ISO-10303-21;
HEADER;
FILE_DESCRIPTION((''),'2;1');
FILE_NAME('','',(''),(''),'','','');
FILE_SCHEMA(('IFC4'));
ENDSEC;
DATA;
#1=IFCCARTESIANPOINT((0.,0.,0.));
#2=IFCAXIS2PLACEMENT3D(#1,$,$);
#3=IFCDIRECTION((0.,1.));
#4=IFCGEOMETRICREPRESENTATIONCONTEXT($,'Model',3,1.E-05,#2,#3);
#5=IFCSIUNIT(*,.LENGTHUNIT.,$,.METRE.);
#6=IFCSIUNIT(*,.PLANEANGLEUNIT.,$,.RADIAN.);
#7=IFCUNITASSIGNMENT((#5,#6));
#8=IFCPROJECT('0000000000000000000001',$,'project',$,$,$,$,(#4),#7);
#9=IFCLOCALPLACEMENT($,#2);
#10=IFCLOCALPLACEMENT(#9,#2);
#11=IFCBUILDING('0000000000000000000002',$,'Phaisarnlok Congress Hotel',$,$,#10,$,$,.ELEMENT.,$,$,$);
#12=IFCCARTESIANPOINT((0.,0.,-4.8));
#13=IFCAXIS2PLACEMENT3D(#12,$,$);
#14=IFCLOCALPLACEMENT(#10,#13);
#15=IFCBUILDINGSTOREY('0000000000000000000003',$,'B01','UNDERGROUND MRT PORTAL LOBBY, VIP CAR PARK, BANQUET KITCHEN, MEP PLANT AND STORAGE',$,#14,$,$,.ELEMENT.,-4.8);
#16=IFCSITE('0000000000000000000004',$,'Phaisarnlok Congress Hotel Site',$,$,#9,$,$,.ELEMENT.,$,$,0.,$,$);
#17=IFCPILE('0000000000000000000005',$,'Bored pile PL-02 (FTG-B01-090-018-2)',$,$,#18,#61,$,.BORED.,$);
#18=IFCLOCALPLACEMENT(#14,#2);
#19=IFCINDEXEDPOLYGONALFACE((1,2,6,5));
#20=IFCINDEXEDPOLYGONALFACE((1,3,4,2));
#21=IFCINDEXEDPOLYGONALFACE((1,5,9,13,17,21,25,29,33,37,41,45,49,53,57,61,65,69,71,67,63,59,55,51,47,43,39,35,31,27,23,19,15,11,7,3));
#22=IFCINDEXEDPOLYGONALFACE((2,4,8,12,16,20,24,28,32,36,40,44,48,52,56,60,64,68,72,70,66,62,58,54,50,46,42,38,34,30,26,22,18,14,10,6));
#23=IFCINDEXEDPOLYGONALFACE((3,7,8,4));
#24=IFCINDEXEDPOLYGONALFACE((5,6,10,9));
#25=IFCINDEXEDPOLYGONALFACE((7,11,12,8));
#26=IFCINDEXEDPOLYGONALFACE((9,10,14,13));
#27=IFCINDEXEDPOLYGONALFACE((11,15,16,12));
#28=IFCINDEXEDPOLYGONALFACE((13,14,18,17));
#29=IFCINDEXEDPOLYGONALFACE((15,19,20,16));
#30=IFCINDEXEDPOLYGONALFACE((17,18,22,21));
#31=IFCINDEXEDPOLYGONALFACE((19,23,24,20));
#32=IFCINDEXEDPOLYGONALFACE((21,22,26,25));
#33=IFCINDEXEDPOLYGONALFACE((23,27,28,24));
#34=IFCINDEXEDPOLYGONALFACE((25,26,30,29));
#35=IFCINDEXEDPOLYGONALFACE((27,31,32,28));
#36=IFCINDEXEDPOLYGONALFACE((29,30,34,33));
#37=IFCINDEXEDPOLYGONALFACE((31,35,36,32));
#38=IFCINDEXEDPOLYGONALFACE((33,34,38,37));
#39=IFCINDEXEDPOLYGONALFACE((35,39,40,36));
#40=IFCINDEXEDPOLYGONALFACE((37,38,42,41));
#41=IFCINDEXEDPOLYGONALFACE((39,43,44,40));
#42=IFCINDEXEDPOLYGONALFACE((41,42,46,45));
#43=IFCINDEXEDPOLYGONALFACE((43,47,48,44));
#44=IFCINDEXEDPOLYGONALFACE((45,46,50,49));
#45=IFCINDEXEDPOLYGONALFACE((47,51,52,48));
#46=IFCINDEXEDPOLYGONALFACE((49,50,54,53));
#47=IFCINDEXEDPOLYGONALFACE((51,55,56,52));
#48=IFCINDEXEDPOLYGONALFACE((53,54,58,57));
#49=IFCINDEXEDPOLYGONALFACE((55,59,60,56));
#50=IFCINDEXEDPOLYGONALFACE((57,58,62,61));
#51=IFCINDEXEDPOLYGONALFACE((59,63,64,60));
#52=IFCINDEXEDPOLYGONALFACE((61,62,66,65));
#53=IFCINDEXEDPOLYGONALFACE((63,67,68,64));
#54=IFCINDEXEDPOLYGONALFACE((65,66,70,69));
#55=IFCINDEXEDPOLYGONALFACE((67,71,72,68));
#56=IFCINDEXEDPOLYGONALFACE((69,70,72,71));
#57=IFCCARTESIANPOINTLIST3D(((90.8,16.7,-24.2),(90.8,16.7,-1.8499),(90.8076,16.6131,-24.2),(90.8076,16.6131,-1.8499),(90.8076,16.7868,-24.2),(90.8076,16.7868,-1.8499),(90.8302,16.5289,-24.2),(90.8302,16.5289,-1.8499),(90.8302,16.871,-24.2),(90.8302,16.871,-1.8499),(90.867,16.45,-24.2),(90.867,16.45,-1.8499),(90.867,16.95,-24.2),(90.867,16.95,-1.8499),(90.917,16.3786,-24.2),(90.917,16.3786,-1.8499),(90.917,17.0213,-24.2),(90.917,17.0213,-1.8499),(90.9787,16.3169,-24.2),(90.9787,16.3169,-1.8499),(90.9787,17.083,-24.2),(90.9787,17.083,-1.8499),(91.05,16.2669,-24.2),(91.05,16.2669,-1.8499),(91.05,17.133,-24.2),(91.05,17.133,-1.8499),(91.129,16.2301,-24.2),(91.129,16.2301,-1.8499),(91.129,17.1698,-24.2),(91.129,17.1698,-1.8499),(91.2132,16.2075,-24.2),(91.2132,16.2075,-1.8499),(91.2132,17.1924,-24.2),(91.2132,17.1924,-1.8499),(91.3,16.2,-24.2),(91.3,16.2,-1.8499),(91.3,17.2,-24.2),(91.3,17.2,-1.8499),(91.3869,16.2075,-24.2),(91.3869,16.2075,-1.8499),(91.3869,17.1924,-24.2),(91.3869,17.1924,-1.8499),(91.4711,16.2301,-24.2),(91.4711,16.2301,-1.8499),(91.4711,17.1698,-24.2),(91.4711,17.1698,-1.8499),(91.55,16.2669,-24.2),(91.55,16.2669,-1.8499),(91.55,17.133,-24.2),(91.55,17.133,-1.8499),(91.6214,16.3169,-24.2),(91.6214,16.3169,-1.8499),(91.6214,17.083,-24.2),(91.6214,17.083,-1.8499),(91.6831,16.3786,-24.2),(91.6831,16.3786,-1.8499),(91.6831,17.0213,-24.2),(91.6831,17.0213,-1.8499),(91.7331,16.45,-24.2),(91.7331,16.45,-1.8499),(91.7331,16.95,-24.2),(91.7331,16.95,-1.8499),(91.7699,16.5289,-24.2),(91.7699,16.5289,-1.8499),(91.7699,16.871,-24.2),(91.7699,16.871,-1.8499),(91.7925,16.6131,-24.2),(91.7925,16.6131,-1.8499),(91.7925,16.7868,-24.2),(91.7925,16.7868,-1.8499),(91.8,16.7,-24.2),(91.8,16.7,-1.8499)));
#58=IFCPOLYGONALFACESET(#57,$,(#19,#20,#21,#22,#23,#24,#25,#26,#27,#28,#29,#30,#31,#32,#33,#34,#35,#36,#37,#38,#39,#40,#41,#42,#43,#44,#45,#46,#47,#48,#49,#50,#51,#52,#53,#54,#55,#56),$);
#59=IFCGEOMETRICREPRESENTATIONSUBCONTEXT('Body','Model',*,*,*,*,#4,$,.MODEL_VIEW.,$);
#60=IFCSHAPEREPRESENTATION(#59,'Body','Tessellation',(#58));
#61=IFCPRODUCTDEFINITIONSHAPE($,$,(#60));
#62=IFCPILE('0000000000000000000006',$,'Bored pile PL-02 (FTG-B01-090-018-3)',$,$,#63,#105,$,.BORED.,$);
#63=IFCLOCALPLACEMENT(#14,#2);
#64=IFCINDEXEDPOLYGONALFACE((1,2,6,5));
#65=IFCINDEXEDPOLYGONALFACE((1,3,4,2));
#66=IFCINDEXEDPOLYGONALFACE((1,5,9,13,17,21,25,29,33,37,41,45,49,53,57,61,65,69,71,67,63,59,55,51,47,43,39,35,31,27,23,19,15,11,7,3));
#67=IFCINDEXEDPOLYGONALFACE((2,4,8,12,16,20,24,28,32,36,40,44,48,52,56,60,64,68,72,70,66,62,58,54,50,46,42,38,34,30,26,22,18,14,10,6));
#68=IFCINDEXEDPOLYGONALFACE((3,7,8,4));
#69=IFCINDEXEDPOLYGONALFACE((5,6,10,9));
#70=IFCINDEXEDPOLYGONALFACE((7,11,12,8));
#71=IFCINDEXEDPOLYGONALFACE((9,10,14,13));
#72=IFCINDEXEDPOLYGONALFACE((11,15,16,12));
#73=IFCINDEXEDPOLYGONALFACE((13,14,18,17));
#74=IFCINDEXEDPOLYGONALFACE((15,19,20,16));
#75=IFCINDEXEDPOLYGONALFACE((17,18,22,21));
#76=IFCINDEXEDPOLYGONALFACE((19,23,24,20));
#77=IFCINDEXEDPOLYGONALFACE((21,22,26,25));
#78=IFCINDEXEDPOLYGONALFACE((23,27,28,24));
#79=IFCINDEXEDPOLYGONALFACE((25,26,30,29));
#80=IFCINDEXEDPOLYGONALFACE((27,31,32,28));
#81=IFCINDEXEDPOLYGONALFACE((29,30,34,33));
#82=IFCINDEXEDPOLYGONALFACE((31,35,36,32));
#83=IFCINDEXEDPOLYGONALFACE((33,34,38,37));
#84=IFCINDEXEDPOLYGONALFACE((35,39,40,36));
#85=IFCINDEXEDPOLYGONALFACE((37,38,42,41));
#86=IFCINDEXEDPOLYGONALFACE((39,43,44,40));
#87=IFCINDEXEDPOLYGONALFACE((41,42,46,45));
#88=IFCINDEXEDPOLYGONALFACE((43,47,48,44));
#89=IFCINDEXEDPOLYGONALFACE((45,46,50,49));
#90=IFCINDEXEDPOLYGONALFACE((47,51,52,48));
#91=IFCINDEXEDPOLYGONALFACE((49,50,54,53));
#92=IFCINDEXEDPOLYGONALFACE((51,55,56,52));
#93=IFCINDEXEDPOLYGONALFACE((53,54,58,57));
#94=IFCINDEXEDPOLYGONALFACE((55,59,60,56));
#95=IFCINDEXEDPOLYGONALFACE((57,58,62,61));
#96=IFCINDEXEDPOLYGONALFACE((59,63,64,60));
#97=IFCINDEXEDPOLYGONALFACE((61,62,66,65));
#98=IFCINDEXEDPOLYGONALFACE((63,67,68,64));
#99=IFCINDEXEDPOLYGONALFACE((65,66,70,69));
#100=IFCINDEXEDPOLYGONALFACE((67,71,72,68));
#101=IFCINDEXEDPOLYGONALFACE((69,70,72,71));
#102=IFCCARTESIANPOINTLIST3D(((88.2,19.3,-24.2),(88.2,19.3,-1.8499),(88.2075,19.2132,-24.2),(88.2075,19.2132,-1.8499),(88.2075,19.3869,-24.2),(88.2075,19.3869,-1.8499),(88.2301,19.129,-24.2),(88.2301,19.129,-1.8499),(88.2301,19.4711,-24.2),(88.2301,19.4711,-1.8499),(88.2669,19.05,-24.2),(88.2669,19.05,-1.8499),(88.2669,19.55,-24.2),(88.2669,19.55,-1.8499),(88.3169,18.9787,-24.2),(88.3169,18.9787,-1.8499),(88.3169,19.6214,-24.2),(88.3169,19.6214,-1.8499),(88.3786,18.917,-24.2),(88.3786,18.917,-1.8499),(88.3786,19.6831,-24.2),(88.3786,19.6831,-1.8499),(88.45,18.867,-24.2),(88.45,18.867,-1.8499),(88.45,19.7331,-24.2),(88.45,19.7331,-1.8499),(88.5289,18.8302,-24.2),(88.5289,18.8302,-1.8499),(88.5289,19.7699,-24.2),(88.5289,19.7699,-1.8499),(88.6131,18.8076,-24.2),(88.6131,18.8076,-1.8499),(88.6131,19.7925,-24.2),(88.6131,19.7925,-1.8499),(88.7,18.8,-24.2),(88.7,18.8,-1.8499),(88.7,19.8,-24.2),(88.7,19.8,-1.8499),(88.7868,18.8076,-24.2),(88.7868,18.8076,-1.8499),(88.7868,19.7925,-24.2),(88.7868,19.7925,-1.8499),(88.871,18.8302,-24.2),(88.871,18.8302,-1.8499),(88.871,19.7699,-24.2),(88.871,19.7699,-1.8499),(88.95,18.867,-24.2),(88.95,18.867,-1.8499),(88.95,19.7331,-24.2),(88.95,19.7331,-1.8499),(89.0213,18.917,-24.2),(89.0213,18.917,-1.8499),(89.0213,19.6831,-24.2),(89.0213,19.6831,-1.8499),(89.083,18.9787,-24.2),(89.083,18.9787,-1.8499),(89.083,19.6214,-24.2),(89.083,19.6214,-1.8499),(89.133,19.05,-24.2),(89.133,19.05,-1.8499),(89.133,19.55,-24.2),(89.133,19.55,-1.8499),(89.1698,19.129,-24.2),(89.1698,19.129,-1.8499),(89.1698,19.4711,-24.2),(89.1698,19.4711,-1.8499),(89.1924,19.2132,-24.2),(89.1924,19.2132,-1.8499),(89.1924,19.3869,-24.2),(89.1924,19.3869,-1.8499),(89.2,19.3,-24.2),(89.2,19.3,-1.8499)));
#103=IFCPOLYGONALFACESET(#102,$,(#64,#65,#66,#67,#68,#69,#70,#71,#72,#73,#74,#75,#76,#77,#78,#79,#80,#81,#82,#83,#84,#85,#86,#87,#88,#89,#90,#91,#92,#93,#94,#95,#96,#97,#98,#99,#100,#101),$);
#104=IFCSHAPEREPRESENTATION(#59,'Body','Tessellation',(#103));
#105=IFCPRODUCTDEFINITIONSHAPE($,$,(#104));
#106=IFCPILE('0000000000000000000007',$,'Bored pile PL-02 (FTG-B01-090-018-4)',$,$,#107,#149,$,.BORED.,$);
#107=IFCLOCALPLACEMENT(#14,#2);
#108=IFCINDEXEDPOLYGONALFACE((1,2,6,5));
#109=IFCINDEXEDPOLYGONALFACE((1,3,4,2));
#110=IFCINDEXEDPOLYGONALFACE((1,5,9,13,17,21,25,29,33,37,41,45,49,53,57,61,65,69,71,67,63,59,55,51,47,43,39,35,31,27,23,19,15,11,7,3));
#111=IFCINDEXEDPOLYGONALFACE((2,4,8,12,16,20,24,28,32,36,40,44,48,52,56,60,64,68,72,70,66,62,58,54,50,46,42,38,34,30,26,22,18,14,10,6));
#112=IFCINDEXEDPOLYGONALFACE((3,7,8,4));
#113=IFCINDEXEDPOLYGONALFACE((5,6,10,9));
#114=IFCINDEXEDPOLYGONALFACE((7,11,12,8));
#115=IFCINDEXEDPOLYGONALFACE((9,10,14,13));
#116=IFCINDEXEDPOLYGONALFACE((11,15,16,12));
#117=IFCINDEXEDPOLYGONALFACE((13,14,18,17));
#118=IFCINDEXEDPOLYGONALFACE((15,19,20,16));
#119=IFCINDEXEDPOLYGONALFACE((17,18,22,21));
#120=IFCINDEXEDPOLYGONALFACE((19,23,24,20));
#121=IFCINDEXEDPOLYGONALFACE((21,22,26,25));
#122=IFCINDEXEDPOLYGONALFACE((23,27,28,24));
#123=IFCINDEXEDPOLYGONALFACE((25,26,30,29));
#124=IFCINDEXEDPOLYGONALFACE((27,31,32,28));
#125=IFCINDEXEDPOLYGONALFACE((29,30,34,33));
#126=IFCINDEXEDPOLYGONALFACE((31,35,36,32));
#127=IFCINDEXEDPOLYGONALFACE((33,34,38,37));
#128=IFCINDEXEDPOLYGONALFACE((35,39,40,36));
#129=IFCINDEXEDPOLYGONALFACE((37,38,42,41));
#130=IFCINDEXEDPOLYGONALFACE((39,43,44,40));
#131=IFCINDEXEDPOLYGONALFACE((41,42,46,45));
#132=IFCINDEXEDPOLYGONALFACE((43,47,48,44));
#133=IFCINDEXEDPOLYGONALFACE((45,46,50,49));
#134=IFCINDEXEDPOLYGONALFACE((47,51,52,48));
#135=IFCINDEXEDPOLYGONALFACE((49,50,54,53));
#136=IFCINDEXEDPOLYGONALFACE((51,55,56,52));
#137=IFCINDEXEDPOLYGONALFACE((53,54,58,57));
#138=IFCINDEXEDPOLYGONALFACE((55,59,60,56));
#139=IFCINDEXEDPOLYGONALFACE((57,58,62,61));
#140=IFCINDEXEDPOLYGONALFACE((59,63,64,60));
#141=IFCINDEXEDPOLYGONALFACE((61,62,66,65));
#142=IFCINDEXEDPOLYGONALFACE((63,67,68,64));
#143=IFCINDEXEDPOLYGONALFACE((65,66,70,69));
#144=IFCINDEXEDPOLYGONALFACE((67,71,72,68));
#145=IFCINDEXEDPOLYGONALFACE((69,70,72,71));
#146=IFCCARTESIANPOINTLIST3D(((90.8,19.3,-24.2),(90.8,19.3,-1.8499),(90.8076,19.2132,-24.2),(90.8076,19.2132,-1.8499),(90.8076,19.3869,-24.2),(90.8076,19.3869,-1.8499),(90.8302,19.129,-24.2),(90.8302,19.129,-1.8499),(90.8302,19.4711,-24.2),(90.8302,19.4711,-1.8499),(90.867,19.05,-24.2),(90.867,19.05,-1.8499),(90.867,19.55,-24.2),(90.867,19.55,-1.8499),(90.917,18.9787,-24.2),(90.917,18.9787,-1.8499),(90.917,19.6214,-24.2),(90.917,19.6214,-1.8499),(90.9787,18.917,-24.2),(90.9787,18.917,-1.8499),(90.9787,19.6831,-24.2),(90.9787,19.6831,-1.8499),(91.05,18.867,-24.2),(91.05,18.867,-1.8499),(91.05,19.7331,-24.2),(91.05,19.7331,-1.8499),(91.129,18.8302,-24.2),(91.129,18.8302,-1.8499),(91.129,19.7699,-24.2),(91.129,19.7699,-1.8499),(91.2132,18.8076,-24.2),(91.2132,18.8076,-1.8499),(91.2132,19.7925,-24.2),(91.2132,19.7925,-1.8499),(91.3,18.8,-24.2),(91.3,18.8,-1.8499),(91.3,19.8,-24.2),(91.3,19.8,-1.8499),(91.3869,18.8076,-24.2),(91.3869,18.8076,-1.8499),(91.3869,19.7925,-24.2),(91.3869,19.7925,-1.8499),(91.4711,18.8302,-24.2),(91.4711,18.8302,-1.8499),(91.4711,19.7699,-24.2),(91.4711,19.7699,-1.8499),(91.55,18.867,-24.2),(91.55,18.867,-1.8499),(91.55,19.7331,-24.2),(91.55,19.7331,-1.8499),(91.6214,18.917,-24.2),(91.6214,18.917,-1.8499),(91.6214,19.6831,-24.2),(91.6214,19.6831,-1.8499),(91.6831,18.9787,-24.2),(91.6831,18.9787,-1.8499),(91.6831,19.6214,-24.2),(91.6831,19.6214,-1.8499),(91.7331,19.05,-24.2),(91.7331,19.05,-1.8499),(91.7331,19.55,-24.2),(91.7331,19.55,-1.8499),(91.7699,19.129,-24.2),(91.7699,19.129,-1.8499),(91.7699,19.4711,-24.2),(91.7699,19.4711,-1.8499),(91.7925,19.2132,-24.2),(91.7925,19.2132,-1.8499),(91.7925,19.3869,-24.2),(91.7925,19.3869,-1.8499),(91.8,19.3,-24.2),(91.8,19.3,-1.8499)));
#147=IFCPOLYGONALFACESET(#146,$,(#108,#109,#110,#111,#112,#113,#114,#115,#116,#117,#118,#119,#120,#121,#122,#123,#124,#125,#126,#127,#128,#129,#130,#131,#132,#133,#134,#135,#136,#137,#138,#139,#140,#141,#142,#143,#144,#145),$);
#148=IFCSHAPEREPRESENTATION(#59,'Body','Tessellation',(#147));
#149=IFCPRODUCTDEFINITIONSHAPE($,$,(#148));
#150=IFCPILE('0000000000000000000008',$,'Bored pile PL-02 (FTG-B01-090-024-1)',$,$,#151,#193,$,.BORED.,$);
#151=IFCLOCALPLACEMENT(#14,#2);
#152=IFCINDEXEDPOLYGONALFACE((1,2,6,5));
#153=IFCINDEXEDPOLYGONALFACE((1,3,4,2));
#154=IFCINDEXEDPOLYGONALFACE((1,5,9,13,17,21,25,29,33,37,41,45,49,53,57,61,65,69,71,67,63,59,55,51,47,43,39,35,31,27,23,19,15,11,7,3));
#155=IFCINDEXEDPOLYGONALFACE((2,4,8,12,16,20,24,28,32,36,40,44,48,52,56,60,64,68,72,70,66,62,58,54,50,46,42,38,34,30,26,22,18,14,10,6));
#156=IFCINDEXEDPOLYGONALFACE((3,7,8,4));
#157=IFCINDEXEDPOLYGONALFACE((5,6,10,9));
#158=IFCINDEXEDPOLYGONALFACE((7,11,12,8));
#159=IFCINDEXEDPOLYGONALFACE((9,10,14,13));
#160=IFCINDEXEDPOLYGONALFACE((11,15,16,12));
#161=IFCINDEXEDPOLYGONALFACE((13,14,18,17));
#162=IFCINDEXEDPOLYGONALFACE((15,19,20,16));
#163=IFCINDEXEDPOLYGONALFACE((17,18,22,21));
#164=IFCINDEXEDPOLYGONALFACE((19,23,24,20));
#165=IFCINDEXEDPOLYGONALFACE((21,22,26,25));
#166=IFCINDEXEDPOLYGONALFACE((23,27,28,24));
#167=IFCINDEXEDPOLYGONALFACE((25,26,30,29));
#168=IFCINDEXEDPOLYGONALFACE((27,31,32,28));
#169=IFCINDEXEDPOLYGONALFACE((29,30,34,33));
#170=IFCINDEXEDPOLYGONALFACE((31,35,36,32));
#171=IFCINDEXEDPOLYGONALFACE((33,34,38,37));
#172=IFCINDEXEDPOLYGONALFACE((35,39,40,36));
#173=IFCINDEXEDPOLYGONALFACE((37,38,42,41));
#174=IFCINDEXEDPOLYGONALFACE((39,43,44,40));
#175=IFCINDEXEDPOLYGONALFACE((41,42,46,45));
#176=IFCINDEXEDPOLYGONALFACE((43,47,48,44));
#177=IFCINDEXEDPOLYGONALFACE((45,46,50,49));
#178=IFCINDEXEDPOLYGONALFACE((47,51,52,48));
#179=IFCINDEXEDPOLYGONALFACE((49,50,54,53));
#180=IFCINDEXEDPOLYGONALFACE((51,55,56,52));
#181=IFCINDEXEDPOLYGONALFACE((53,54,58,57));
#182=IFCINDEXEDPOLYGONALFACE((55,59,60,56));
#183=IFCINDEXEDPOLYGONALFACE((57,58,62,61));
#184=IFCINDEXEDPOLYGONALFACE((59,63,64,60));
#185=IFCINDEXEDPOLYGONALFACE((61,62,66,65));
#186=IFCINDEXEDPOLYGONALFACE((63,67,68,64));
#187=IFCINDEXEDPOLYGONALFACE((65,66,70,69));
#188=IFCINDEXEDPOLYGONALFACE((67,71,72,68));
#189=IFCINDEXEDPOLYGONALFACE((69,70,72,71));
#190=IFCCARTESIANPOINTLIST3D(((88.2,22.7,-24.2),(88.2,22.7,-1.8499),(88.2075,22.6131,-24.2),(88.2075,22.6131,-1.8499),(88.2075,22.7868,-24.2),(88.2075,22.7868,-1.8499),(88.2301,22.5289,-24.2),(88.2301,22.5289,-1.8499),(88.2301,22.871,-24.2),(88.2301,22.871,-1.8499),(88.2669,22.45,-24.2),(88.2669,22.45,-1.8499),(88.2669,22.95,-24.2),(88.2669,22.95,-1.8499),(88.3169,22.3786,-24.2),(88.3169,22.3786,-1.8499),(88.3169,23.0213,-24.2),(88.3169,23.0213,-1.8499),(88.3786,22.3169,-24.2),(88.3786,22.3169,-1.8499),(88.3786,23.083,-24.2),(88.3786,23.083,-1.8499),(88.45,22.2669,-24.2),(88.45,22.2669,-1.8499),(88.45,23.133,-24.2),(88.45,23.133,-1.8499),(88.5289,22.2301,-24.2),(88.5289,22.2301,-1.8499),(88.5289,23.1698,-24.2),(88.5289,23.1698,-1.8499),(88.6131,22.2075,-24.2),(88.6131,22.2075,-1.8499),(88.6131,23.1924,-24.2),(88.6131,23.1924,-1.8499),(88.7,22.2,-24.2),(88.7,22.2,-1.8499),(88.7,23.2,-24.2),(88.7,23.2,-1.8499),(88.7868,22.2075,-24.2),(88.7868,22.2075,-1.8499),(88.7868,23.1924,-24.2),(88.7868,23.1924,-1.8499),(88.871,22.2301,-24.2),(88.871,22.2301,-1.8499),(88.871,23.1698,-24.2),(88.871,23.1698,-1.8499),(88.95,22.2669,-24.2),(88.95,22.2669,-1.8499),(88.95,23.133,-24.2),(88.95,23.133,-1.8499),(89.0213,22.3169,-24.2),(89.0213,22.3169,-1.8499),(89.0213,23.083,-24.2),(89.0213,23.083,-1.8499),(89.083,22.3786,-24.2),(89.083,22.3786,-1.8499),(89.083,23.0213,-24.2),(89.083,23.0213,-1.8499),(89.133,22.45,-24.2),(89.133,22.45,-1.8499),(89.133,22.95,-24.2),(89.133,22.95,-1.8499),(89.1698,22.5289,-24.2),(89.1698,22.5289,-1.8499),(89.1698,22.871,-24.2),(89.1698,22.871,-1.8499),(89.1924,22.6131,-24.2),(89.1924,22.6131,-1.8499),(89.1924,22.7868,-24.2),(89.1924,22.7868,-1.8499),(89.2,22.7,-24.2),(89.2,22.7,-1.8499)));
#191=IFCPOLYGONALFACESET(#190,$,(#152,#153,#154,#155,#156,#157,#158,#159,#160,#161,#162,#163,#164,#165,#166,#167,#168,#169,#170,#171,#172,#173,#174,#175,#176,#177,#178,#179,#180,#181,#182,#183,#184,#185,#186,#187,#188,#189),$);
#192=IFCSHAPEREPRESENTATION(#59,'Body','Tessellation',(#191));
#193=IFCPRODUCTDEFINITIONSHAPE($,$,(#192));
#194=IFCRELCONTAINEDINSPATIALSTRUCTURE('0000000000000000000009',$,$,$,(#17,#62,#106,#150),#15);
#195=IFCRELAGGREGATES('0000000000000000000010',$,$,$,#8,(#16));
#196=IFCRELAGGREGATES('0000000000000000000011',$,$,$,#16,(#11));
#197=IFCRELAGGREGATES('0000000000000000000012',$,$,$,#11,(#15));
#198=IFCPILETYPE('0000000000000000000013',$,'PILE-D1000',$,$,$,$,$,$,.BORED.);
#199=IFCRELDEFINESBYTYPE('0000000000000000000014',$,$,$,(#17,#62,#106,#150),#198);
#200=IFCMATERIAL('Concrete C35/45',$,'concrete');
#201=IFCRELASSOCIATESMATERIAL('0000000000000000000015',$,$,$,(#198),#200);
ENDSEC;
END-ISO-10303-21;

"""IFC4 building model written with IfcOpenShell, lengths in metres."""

from ifc_helpers import new_model, si_unit, direction, frame, origin, origin_2d, place, context, subcontext, project, spatial, circle, extrude, material, material_profile, profile_set, type_object, element, save


model = new_model("IFC4")

# Units and contexts
model_context = context("Model", 3, precision=1e-05, world=origin(), true_north=direction((0.0, 1.0)))
body_context = subcontext(model_context, "Body", "Model", "MODEL_VIEW")
ifc_project = project(units=[si_unit("LENGTHUNIT", "METRE"), si_unit("PLANEANGLEUNIT", "RADIAN")], contexts=[model_context])

# Site, building, storey
site_placement = place(None, origin())
site = spatial("IfcSite", under=ifc_project, at=site_placement, Name="Phaisarnlok Congress Hotel Site", CompositionType="ELEMENT", RefElevation=0.0)
building_placement = place(site_placement, origin())
building = spatial("IfcBuilding", under=site, at=building_placement, Name="Phaisarnlok Congress Hotel", CompositionType="ELEMENT")
storey_placement = place(building_placement, frame((0.0, 0.0, -4.8)))
storey = spatial("IfcBuildingStorey", under=building, at=storey_placement, Name="B01", Description="UNDERGROUND MRT PORTAL LOBBY, VIP CAR PARK, BANQUET KITCHEN, MEP PLANT AND STORAGE", CompositionType="ELEMENT", Elevation=-4.8)

# Piles
ifc_material_1 = material(Name="Concrete C35/45", Category="concrete")
ifc_material_profile_1 = material_profile(ifc_material_1, circle(Radius=0.5, at=origin_2d()), Name="BORED PILE D1000")
ifc_profile_set_1 = profile_set([ifc_material_profile_1], Name="Concrete C35/45")
pile_type_1 = type_object("IfcPileType", Name="PILE-D1000", PredefinedType="BORED", material=ifc_profile_set_1)
for number, where, z_axis, x_axis, name in (
    (1, (91.3, 16.7, -1.8499), (0.0, 0.0, -1.0), (1.0, 0.0, 0.0), "Bored pile PL-02 (FTG-B01-090-018-2)"),
    (2, (88.7, 19.3, -1.8499), (0.0, 0.0, -1.0), (1.0, 0.0, 0.0), "Bored pile PL-02 (FTG-B01-090-018-3)"),
    (3, (91.3, 19.3, -1.8499), (0.0, 0.0, -1.0), (1.0, 0.0, 0.0), "Bored pile PL-02 (FTG-B01-090-018-4)"),
    (4, (88.7, 22.7, -1.8499), (0.0, 0.0, -1.0), (1.0, 0.0, 0.0), "Bored pile PL-02 (FTG-B01-090-024-1)"),
):
    element("IfcPile", number, at=place(storey_placement, frame(where, z_axis=z_axis, x_axis=x_axis)), inside=storey, type_object=pile_type_1, Name=name, PredefinedType="BORED", context=body_context, shape_type="SweptSolid", body=[
        extrude(circle(Radius=0.5, at=origin_2d()), origin(), (0.0, 0.0, 1.0), 22.3501),
    ])

save(model, "model.ifc")
